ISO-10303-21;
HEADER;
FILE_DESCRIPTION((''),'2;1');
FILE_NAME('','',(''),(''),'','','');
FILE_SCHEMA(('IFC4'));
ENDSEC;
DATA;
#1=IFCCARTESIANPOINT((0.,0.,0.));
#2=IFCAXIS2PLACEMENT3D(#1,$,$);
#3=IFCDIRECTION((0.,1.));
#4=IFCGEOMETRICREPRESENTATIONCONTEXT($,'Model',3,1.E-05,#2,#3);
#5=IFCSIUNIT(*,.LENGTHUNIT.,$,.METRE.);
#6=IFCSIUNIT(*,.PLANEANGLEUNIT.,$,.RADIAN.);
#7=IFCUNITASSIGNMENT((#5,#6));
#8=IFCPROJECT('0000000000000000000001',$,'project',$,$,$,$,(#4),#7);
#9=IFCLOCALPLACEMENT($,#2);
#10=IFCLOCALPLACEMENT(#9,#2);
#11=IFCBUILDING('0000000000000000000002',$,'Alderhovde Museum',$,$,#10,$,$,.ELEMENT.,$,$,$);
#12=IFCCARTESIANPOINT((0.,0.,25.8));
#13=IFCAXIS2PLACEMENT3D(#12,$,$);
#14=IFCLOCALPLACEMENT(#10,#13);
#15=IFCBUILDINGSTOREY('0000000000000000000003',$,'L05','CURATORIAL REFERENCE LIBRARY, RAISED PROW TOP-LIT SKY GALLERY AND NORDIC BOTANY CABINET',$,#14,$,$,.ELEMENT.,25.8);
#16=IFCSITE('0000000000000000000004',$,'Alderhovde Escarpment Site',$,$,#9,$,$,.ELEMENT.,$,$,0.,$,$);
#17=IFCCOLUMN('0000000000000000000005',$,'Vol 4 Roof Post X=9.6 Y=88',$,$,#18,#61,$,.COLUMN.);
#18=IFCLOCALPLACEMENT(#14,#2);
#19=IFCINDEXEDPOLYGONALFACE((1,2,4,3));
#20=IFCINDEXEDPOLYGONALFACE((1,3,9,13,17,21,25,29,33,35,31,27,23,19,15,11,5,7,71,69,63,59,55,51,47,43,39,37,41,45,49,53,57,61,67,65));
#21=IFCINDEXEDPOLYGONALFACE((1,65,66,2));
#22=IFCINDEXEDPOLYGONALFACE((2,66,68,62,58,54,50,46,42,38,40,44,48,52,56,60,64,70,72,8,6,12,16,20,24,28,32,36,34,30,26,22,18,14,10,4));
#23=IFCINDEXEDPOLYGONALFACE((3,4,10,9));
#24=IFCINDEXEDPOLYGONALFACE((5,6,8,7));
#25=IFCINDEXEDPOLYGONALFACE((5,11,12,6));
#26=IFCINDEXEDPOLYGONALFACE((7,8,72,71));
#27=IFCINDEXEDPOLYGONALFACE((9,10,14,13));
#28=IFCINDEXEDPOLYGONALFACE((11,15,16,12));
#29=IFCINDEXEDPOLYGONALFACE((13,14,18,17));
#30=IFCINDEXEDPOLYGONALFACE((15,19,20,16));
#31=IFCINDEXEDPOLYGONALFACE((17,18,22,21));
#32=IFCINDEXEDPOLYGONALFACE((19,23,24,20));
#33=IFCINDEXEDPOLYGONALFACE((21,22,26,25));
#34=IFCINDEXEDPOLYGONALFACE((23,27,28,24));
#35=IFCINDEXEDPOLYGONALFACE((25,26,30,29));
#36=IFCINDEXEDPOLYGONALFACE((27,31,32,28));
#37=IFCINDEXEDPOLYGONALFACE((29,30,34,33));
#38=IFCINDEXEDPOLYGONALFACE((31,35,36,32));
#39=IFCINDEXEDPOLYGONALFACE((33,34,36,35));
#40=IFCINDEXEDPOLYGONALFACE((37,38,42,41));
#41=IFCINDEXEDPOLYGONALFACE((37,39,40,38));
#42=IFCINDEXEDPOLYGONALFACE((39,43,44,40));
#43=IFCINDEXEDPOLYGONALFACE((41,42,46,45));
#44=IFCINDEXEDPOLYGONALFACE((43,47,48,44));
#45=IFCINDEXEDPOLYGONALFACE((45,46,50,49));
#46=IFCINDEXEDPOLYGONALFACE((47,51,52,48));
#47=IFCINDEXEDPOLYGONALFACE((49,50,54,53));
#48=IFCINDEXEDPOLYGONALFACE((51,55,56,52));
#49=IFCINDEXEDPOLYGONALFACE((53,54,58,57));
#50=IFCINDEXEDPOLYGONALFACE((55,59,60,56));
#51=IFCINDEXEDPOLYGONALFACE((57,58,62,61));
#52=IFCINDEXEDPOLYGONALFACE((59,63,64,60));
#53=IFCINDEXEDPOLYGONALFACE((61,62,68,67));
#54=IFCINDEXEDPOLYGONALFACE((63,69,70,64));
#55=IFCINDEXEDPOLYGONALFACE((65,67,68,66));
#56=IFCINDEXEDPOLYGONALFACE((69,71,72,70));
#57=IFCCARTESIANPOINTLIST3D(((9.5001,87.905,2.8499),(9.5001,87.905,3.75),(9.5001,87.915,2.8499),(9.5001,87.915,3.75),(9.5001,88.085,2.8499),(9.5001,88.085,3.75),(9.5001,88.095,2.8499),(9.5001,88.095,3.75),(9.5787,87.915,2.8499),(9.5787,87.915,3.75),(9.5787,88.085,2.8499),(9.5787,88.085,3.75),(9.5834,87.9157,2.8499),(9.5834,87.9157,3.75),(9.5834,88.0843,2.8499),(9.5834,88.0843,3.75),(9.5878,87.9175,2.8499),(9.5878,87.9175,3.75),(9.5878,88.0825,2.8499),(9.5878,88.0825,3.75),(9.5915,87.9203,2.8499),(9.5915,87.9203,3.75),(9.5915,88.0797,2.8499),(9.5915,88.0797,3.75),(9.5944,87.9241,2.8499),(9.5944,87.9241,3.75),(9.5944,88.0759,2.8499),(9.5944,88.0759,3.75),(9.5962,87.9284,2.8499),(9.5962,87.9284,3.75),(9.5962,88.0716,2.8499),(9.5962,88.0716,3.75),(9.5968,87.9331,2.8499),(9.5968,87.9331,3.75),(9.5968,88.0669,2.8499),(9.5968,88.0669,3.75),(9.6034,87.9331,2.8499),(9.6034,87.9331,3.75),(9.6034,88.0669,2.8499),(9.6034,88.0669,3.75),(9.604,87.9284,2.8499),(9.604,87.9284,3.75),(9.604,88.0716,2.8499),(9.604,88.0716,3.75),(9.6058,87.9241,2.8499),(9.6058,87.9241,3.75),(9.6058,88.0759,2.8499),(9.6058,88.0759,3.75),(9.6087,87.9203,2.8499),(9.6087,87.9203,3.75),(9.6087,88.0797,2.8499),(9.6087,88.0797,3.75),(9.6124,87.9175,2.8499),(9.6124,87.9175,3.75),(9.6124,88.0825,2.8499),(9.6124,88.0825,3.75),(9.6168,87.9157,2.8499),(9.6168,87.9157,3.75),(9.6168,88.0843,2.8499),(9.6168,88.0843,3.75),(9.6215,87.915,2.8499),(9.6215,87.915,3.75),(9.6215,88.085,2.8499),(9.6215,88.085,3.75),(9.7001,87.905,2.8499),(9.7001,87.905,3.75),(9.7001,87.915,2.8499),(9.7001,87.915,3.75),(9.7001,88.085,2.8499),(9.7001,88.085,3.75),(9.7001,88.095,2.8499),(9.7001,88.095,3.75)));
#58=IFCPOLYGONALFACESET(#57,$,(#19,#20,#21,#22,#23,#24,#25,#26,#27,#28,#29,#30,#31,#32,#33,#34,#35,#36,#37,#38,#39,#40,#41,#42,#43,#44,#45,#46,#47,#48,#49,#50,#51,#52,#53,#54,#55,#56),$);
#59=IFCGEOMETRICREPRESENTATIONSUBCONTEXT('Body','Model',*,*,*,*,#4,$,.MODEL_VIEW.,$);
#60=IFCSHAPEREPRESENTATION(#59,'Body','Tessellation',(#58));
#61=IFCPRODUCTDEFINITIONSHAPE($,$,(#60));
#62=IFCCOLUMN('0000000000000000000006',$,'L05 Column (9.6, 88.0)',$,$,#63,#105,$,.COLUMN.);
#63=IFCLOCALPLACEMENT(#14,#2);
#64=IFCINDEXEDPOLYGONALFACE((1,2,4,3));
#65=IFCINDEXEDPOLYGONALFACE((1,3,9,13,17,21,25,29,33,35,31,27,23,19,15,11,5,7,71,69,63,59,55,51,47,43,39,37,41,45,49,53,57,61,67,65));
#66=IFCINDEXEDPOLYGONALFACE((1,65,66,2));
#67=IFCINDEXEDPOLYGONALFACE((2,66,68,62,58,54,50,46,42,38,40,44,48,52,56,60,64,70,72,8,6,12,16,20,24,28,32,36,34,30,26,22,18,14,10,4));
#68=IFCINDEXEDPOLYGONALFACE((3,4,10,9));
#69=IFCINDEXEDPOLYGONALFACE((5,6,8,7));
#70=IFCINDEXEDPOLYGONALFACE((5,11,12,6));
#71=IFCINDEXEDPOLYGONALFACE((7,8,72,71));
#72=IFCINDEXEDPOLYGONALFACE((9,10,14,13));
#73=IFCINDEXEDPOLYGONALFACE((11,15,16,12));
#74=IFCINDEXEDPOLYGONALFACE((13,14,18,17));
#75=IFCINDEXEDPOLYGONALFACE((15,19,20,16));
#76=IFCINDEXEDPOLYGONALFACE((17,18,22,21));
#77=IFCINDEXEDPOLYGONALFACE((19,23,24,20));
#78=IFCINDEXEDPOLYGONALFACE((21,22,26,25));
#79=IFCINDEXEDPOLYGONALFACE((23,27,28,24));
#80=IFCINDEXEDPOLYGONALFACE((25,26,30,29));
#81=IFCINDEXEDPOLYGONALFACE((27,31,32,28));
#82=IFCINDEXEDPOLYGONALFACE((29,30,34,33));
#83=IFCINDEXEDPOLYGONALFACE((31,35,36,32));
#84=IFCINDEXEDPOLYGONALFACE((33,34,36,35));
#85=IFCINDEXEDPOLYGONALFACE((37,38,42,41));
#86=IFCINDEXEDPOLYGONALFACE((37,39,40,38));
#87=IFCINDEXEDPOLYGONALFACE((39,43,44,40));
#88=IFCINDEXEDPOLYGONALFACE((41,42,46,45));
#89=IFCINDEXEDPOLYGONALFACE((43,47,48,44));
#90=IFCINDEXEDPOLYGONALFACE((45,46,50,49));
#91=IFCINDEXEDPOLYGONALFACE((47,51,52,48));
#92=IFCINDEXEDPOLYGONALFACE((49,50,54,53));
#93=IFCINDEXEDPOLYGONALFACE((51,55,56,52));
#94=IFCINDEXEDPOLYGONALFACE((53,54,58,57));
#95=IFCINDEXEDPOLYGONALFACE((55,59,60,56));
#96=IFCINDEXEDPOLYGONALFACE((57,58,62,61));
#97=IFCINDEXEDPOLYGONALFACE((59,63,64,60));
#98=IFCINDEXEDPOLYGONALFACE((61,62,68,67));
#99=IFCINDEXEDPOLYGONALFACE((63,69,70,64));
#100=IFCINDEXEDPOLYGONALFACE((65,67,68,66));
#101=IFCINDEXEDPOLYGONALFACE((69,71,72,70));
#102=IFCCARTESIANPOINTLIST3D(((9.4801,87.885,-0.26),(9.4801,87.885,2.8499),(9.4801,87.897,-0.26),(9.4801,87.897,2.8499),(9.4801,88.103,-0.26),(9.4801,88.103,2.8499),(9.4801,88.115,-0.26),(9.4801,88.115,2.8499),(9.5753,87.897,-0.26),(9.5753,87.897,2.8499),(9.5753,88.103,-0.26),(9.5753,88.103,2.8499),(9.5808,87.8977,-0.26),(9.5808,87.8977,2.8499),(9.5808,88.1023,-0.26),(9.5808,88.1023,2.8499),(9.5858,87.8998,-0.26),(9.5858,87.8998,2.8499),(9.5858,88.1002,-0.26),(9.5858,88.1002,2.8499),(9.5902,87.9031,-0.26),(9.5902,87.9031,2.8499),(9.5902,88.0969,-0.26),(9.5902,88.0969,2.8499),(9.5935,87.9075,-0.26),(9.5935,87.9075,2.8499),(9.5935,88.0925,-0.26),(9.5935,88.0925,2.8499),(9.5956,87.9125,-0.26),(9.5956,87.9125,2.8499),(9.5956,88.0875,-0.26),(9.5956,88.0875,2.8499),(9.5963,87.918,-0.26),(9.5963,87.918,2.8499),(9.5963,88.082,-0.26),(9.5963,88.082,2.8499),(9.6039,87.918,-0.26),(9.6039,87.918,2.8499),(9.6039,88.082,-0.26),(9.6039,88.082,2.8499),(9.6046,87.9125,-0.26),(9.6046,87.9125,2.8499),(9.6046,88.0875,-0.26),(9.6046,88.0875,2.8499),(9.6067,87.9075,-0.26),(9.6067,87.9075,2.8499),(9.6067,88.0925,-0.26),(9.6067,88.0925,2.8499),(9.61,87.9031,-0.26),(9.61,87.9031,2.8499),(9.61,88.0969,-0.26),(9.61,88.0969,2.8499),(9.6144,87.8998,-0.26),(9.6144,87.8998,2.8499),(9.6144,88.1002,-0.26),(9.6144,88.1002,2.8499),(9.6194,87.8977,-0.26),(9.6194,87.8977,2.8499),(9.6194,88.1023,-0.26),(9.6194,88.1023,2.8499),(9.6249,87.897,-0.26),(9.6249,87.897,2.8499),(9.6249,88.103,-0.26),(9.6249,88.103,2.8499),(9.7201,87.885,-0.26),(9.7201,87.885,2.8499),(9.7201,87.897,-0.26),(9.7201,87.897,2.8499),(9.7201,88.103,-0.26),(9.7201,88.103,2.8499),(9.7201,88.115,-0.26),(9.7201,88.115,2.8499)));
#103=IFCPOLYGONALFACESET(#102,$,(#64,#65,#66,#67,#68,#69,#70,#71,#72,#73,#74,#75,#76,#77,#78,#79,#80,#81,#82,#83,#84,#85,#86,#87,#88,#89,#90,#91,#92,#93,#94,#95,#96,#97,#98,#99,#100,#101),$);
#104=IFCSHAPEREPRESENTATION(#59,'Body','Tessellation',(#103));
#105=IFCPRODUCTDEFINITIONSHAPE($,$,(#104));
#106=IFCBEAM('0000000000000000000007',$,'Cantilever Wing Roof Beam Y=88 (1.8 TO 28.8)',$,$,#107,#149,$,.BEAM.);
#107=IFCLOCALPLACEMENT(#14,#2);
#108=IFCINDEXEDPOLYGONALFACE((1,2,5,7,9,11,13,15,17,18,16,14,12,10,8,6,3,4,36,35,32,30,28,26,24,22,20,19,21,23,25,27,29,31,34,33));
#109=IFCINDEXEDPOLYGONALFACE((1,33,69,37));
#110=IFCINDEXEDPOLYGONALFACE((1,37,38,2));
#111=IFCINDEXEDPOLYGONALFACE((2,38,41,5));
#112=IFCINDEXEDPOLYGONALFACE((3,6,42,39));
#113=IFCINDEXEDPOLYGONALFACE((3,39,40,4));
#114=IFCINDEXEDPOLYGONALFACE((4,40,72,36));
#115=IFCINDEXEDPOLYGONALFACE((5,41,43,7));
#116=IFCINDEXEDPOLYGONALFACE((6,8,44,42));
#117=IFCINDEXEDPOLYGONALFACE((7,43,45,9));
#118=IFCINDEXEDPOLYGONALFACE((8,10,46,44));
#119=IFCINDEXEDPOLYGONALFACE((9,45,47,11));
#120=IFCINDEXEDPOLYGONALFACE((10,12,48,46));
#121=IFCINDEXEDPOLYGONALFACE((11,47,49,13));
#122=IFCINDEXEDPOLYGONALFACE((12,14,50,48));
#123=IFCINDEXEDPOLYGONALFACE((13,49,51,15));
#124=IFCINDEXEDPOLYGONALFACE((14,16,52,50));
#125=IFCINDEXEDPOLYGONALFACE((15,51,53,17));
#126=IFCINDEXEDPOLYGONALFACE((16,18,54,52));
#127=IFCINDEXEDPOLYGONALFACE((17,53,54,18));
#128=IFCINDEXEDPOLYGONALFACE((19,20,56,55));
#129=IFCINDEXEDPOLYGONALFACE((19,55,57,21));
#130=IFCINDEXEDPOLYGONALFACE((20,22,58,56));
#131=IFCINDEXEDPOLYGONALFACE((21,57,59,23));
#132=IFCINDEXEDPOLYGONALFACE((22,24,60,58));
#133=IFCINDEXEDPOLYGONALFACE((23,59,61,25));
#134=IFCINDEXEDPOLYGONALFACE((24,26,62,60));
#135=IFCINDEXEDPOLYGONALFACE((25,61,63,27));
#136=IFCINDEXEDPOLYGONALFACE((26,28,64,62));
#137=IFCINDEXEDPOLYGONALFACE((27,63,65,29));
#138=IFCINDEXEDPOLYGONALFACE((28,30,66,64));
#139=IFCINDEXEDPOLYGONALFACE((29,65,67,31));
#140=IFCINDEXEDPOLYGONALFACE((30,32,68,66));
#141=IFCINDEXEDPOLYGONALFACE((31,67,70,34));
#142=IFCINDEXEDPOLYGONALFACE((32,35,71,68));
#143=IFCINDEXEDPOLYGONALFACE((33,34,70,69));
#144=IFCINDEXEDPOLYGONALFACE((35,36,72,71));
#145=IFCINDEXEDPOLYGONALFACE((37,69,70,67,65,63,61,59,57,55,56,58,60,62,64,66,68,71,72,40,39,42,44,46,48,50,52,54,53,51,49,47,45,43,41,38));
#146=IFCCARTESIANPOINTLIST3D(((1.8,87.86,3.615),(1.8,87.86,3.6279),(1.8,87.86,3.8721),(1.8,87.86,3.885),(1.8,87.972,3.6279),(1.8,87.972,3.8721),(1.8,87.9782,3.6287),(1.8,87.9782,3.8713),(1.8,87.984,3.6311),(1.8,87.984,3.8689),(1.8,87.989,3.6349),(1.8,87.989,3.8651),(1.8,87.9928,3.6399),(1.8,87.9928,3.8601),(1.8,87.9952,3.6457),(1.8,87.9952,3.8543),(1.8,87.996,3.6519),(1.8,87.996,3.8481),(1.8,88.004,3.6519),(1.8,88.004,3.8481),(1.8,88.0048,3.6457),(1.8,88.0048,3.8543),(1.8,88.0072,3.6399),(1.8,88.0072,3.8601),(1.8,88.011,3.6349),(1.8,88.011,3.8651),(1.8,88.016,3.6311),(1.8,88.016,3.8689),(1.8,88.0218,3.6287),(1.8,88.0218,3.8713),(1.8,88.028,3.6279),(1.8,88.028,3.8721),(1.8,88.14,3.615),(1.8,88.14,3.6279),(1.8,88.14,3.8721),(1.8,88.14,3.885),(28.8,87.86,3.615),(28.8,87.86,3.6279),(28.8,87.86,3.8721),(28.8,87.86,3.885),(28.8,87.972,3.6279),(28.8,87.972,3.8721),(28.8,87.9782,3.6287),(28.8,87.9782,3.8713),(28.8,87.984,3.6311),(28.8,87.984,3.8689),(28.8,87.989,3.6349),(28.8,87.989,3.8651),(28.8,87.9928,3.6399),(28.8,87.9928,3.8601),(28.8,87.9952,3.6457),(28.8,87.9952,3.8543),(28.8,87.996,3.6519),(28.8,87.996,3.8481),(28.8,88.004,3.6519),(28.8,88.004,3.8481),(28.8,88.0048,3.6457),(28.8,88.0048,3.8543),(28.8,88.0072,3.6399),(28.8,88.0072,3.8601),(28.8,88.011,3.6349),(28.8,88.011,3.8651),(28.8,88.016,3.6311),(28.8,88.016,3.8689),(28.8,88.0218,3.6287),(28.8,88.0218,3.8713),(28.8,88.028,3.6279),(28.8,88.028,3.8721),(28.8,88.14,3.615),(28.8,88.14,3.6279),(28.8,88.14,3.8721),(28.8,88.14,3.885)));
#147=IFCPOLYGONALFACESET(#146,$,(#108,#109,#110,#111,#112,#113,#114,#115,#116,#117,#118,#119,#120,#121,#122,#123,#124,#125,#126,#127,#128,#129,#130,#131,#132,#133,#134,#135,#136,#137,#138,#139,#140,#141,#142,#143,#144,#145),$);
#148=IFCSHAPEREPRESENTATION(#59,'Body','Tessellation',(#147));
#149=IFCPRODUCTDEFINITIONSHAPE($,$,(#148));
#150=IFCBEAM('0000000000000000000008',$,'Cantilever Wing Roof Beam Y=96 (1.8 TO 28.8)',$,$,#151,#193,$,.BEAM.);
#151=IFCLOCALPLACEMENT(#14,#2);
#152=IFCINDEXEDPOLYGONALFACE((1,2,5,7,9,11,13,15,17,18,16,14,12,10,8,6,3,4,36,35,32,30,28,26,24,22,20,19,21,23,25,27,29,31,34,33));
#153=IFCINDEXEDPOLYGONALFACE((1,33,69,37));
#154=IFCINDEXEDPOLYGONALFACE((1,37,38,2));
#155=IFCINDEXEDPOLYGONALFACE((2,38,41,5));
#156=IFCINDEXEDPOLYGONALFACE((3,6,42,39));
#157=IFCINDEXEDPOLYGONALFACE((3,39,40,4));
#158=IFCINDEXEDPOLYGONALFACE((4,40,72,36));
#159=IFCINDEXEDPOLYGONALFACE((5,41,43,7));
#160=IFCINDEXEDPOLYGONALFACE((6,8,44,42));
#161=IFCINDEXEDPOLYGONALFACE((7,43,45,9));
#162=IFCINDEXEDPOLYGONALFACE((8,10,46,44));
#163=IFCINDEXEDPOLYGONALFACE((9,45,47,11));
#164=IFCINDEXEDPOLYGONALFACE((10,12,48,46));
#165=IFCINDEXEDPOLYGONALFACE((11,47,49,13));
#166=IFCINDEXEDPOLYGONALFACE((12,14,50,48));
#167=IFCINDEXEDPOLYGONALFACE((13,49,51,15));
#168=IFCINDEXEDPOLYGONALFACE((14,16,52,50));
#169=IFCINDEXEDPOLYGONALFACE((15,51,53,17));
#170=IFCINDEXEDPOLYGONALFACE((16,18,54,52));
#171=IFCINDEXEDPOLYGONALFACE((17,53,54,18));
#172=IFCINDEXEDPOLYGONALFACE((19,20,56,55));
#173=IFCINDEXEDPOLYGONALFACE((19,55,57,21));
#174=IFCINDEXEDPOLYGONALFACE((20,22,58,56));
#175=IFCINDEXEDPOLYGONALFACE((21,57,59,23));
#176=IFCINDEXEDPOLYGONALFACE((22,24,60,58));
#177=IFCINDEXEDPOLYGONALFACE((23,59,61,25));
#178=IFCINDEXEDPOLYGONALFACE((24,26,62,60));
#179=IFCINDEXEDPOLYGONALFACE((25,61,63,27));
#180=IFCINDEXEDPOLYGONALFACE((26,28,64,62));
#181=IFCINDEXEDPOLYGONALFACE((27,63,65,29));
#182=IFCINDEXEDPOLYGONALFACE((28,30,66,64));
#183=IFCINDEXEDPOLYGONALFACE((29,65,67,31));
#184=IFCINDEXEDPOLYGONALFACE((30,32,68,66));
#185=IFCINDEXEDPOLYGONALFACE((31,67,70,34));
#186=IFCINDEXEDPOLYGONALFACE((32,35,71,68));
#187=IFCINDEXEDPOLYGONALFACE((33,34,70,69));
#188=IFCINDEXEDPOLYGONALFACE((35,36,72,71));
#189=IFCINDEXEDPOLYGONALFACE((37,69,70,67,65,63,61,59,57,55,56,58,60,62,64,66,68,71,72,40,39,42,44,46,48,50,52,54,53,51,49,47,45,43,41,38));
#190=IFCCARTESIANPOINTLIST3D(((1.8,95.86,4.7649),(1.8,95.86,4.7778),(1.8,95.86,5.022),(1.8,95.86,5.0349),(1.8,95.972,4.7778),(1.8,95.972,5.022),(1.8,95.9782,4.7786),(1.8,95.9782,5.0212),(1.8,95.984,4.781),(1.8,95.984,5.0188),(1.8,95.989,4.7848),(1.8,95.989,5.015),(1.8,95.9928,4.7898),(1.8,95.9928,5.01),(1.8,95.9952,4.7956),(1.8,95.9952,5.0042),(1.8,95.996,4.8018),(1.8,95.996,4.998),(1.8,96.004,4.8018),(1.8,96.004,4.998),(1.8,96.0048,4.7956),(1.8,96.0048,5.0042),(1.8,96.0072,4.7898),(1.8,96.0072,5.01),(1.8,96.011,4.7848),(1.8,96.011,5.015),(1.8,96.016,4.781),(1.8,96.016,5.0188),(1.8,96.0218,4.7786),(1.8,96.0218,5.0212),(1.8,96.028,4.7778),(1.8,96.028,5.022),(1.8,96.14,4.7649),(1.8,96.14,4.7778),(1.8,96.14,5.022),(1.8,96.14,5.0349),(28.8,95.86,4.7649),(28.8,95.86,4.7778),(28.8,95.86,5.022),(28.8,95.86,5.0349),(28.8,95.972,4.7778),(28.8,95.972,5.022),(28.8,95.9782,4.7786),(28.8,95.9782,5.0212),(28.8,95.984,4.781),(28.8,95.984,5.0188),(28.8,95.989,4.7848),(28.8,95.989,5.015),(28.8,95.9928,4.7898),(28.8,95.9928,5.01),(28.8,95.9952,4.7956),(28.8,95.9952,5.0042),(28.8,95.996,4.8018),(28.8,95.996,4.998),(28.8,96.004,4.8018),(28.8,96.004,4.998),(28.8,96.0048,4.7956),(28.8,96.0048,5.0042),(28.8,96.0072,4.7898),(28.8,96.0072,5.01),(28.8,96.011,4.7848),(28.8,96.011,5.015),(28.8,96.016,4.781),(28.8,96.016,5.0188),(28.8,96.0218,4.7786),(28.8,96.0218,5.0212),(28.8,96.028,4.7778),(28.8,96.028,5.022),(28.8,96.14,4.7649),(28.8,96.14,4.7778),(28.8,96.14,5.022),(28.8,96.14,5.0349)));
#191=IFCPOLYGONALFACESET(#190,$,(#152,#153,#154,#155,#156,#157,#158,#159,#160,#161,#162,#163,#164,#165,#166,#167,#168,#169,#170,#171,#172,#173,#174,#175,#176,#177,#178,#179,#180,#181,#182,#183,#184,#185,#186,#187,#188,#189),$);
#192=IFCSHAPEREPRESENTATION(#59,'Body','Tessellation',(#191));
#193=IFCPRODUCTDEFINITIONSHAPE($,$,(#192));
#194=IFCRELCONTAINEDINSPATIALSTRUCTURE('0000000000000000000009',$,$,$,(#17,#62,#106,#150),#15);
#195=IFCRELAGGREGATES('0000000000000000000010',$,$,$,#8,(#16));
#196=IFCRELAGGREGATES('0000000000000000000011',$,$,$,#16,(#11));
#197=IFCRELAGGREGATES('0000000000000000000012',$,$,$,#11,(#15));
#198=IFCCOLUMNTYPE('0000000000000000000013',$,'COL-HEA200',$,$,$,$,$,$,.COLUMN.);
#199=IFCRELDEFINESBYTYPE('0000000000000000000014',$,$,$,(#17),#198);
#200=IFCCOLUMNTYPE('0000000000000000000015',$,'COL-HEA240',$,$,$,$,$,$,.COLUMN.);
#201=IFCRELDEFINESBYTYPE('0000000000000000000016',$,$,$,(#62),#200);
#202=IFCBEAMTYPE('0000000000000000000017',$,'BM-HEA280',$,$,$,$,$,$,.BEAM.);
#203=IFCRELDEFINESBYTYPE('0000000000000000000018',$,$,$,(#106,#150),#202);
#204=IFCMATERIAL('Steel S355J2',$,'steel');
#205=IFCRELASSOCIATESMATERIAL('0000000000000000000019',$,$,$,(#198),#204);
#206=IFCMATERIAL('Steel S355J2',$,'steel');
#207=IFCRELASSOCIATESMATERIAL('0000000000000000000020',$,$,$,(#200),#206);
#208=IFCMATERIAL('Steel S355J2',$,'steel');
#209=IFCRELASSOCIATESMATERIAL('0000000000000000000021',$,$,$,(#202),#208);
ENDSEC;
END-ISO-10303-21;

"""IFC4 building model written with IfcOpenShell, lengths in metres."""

from ifc_helpers import new_model, si_unit, direction, frame, origin, origin_2d, place, context, subcontext, project, spatial, i_section, extrude, material, material_profile, profile_set, type_object, element, save


model = new_model("IFC4")

# Units and contexts
model_context = context("Model", 3, precision=1e-05, world=origin(), true_north=direction((0.0, 1.0)))
body_context = subcontext(model_context, "Body", "Model", "MODEL_VIEW")
ifc_project = project(units=[si_unit("LENGTHUNIT", "METRE"), si_unit("PLANEANGLEUNIT", "RADIAN")], contexts=[model_context])

# Site, building, storey
site_placement = place(None, origin())
site = spatial("IfcSite", under=ifc_project, at=site_placement, Name="Alderhovde Escarpment Site", CompositionType="ELEMENT", RefElevation=0.0)
building_placement = place(site_placement, origin())
building = spatial("IfcBuilding", under=site, at=building_placement, Name="Alderhovde Museum", CompositionType="ELEMENT")
storey_placement = place(building_placement, frame((0.0, 0.0, 25.8)))
storey = spatial("IfcBuildingStorey", under=building, at=storey_placement, Name="L05", Description="CURATORIAL REFERENCE LIBRARY, RAISED PROW TOP-LIT SKY GALLERY AND NORDIC BOTANY CABINET", CompositionType="ELEMENT", Elevation=25.8)

# Columns
ifc_material_1 = material(Name="Steel S355J2", Category="steel")
ifc_material_profile_1 = material_profile(ifc_material_1, i_section(OverallWidth=0.2, OverallDepth=0.1899, WebThickness=0.0066, FlangeThickness=0.01, FilletRadius=0.0181, at=origin_2d()), Name="HEA 200")
ifc_profile_set_1 = profile_set([ifc_material_profile_1], Name="Steel S355J2")
column_type_1 = type_object("IfcColumnType", Name="COL-HEA200", PredefinedType="COLUMN", material=ifc_profile_set_1)
column_1_placement = place(storey_placement, frame((9.6001, 88.0, 2.8499), z_axis=(0.0, 0.0, 1.0), x_axis=(1.0, 0.0, 0.0)))
element("IfcColumn", 1, at=column_1_placement, inside=storey, type_object=column_type_1, Name="Vol 4 Roof Post X=9.6 Y=88", PredefinedType="COLUMN", context=body_context, shape_type="SweptSolid", body=[
    extrude(i_section(OverallWidth=0.2, OverallDepth=0.1899, WebThickness=0.0066, FlangeThickness=0.01, FilletRadius=0.0181, at=origin_2d()), origin(), (0.0, 0.0, 1.0), 0.9001),
])
ifc_material_2 = material(Name="Steel S355J2", Category="steel")
ifc_material_profile_2 = material_profile(ifc_material_2, i_section(OverallWidth=0.24, OverallDepth=0.23, WebThickness=0.0076, FlangeThickness=0.012, FilletRadius=0.021, at=origin_2d()), Name="HEA 240")
ifc_profile_set_2 = profile_set([ifc_material_profile_2], Name="Steel S355J2")
column_type_2 = type_object("IfcColumnType", Name="COL-HEA240", PredefinedType="COLUMN", material=ifc_profile_set_2)
column_2_placement = place(storey_placement, frame((9.6001, 88.0, -0.26), z_axis=(0.0, 0.0, 1.0), x_axis=(1.0, 0.0, 0.0)))
element("IfcColumn", 2, at=column_2_placement, inside=storey, type_object=column_type_2, Name="L05 Column (9.6, 88.0)", PredefinedType="COLUMN", context=body_context, shape_type="SweptSolid", body=[
    extrude(i_section(OverallWidth=0.24, OverallDepth=0.23, WebThickness=0.0076, FlangeThickness=0.012, FilletRadius=0.021, at=origin_2d()), origin(), (0.0, 0.0, 1.0), 3.1099),
])

# Beams
ifc_material_3 = material(Name="Steel S355J2", Category="steel")
ifc_material_profile_3 = material_profile(ifc_material_3, i_section(OverallWidth=0.28, OverallDepth=0.27, WebThickness=0.0081, FlangeThickness=0.0129, FilletRadius=0.0239, at=origin_2d()), Name="HEA 280")
ifc_profile_set_3 = profile_set([ifc_material_profile_3], Name="Steel S355J2")
beam_type_1 = type_object("IfcBeamType", Name="BM-HEA280", PredefinedType="BEAM", material=ifc_profile_set_3)
for number, where, z_axis, x_axis, name in (
    (3, (1.8, 88.0, 3.75), (1.0, 0.0, 0.0), (0.0, 1.0, 0.0), "Cantilever Wing Roof Beam Y=88 (1.8 TO 28.8)"),
    (4, (1.8, 96.0, 4.8999), (1.0, 0.0, 0.0), (0.0, 1.0, 0.0), "Cantilever Wing Roof Beam Y=96 (1.8 TO 28.8)"),
):
    element("IfcBeam", number, at=place(storey_placement, frame(where, z_axis=z_axis, x_axis=x_axis)), inside=storey, type_object=beam_type_1, Name=name, PredefinedType="BEAM", context=body_context, shape_type="SweptSolid", body=[
        extrude(i_section(OverallWidth=0.28, OverallDepth=0.27, WebThickness=0.0081, FlangeThickness=0.0129, FilletRadius=0.0239, at=origin_2d()), origin(), (0.0, 0.0, 1.0), 27.0),
    ])

save(model, "model.ifc")
